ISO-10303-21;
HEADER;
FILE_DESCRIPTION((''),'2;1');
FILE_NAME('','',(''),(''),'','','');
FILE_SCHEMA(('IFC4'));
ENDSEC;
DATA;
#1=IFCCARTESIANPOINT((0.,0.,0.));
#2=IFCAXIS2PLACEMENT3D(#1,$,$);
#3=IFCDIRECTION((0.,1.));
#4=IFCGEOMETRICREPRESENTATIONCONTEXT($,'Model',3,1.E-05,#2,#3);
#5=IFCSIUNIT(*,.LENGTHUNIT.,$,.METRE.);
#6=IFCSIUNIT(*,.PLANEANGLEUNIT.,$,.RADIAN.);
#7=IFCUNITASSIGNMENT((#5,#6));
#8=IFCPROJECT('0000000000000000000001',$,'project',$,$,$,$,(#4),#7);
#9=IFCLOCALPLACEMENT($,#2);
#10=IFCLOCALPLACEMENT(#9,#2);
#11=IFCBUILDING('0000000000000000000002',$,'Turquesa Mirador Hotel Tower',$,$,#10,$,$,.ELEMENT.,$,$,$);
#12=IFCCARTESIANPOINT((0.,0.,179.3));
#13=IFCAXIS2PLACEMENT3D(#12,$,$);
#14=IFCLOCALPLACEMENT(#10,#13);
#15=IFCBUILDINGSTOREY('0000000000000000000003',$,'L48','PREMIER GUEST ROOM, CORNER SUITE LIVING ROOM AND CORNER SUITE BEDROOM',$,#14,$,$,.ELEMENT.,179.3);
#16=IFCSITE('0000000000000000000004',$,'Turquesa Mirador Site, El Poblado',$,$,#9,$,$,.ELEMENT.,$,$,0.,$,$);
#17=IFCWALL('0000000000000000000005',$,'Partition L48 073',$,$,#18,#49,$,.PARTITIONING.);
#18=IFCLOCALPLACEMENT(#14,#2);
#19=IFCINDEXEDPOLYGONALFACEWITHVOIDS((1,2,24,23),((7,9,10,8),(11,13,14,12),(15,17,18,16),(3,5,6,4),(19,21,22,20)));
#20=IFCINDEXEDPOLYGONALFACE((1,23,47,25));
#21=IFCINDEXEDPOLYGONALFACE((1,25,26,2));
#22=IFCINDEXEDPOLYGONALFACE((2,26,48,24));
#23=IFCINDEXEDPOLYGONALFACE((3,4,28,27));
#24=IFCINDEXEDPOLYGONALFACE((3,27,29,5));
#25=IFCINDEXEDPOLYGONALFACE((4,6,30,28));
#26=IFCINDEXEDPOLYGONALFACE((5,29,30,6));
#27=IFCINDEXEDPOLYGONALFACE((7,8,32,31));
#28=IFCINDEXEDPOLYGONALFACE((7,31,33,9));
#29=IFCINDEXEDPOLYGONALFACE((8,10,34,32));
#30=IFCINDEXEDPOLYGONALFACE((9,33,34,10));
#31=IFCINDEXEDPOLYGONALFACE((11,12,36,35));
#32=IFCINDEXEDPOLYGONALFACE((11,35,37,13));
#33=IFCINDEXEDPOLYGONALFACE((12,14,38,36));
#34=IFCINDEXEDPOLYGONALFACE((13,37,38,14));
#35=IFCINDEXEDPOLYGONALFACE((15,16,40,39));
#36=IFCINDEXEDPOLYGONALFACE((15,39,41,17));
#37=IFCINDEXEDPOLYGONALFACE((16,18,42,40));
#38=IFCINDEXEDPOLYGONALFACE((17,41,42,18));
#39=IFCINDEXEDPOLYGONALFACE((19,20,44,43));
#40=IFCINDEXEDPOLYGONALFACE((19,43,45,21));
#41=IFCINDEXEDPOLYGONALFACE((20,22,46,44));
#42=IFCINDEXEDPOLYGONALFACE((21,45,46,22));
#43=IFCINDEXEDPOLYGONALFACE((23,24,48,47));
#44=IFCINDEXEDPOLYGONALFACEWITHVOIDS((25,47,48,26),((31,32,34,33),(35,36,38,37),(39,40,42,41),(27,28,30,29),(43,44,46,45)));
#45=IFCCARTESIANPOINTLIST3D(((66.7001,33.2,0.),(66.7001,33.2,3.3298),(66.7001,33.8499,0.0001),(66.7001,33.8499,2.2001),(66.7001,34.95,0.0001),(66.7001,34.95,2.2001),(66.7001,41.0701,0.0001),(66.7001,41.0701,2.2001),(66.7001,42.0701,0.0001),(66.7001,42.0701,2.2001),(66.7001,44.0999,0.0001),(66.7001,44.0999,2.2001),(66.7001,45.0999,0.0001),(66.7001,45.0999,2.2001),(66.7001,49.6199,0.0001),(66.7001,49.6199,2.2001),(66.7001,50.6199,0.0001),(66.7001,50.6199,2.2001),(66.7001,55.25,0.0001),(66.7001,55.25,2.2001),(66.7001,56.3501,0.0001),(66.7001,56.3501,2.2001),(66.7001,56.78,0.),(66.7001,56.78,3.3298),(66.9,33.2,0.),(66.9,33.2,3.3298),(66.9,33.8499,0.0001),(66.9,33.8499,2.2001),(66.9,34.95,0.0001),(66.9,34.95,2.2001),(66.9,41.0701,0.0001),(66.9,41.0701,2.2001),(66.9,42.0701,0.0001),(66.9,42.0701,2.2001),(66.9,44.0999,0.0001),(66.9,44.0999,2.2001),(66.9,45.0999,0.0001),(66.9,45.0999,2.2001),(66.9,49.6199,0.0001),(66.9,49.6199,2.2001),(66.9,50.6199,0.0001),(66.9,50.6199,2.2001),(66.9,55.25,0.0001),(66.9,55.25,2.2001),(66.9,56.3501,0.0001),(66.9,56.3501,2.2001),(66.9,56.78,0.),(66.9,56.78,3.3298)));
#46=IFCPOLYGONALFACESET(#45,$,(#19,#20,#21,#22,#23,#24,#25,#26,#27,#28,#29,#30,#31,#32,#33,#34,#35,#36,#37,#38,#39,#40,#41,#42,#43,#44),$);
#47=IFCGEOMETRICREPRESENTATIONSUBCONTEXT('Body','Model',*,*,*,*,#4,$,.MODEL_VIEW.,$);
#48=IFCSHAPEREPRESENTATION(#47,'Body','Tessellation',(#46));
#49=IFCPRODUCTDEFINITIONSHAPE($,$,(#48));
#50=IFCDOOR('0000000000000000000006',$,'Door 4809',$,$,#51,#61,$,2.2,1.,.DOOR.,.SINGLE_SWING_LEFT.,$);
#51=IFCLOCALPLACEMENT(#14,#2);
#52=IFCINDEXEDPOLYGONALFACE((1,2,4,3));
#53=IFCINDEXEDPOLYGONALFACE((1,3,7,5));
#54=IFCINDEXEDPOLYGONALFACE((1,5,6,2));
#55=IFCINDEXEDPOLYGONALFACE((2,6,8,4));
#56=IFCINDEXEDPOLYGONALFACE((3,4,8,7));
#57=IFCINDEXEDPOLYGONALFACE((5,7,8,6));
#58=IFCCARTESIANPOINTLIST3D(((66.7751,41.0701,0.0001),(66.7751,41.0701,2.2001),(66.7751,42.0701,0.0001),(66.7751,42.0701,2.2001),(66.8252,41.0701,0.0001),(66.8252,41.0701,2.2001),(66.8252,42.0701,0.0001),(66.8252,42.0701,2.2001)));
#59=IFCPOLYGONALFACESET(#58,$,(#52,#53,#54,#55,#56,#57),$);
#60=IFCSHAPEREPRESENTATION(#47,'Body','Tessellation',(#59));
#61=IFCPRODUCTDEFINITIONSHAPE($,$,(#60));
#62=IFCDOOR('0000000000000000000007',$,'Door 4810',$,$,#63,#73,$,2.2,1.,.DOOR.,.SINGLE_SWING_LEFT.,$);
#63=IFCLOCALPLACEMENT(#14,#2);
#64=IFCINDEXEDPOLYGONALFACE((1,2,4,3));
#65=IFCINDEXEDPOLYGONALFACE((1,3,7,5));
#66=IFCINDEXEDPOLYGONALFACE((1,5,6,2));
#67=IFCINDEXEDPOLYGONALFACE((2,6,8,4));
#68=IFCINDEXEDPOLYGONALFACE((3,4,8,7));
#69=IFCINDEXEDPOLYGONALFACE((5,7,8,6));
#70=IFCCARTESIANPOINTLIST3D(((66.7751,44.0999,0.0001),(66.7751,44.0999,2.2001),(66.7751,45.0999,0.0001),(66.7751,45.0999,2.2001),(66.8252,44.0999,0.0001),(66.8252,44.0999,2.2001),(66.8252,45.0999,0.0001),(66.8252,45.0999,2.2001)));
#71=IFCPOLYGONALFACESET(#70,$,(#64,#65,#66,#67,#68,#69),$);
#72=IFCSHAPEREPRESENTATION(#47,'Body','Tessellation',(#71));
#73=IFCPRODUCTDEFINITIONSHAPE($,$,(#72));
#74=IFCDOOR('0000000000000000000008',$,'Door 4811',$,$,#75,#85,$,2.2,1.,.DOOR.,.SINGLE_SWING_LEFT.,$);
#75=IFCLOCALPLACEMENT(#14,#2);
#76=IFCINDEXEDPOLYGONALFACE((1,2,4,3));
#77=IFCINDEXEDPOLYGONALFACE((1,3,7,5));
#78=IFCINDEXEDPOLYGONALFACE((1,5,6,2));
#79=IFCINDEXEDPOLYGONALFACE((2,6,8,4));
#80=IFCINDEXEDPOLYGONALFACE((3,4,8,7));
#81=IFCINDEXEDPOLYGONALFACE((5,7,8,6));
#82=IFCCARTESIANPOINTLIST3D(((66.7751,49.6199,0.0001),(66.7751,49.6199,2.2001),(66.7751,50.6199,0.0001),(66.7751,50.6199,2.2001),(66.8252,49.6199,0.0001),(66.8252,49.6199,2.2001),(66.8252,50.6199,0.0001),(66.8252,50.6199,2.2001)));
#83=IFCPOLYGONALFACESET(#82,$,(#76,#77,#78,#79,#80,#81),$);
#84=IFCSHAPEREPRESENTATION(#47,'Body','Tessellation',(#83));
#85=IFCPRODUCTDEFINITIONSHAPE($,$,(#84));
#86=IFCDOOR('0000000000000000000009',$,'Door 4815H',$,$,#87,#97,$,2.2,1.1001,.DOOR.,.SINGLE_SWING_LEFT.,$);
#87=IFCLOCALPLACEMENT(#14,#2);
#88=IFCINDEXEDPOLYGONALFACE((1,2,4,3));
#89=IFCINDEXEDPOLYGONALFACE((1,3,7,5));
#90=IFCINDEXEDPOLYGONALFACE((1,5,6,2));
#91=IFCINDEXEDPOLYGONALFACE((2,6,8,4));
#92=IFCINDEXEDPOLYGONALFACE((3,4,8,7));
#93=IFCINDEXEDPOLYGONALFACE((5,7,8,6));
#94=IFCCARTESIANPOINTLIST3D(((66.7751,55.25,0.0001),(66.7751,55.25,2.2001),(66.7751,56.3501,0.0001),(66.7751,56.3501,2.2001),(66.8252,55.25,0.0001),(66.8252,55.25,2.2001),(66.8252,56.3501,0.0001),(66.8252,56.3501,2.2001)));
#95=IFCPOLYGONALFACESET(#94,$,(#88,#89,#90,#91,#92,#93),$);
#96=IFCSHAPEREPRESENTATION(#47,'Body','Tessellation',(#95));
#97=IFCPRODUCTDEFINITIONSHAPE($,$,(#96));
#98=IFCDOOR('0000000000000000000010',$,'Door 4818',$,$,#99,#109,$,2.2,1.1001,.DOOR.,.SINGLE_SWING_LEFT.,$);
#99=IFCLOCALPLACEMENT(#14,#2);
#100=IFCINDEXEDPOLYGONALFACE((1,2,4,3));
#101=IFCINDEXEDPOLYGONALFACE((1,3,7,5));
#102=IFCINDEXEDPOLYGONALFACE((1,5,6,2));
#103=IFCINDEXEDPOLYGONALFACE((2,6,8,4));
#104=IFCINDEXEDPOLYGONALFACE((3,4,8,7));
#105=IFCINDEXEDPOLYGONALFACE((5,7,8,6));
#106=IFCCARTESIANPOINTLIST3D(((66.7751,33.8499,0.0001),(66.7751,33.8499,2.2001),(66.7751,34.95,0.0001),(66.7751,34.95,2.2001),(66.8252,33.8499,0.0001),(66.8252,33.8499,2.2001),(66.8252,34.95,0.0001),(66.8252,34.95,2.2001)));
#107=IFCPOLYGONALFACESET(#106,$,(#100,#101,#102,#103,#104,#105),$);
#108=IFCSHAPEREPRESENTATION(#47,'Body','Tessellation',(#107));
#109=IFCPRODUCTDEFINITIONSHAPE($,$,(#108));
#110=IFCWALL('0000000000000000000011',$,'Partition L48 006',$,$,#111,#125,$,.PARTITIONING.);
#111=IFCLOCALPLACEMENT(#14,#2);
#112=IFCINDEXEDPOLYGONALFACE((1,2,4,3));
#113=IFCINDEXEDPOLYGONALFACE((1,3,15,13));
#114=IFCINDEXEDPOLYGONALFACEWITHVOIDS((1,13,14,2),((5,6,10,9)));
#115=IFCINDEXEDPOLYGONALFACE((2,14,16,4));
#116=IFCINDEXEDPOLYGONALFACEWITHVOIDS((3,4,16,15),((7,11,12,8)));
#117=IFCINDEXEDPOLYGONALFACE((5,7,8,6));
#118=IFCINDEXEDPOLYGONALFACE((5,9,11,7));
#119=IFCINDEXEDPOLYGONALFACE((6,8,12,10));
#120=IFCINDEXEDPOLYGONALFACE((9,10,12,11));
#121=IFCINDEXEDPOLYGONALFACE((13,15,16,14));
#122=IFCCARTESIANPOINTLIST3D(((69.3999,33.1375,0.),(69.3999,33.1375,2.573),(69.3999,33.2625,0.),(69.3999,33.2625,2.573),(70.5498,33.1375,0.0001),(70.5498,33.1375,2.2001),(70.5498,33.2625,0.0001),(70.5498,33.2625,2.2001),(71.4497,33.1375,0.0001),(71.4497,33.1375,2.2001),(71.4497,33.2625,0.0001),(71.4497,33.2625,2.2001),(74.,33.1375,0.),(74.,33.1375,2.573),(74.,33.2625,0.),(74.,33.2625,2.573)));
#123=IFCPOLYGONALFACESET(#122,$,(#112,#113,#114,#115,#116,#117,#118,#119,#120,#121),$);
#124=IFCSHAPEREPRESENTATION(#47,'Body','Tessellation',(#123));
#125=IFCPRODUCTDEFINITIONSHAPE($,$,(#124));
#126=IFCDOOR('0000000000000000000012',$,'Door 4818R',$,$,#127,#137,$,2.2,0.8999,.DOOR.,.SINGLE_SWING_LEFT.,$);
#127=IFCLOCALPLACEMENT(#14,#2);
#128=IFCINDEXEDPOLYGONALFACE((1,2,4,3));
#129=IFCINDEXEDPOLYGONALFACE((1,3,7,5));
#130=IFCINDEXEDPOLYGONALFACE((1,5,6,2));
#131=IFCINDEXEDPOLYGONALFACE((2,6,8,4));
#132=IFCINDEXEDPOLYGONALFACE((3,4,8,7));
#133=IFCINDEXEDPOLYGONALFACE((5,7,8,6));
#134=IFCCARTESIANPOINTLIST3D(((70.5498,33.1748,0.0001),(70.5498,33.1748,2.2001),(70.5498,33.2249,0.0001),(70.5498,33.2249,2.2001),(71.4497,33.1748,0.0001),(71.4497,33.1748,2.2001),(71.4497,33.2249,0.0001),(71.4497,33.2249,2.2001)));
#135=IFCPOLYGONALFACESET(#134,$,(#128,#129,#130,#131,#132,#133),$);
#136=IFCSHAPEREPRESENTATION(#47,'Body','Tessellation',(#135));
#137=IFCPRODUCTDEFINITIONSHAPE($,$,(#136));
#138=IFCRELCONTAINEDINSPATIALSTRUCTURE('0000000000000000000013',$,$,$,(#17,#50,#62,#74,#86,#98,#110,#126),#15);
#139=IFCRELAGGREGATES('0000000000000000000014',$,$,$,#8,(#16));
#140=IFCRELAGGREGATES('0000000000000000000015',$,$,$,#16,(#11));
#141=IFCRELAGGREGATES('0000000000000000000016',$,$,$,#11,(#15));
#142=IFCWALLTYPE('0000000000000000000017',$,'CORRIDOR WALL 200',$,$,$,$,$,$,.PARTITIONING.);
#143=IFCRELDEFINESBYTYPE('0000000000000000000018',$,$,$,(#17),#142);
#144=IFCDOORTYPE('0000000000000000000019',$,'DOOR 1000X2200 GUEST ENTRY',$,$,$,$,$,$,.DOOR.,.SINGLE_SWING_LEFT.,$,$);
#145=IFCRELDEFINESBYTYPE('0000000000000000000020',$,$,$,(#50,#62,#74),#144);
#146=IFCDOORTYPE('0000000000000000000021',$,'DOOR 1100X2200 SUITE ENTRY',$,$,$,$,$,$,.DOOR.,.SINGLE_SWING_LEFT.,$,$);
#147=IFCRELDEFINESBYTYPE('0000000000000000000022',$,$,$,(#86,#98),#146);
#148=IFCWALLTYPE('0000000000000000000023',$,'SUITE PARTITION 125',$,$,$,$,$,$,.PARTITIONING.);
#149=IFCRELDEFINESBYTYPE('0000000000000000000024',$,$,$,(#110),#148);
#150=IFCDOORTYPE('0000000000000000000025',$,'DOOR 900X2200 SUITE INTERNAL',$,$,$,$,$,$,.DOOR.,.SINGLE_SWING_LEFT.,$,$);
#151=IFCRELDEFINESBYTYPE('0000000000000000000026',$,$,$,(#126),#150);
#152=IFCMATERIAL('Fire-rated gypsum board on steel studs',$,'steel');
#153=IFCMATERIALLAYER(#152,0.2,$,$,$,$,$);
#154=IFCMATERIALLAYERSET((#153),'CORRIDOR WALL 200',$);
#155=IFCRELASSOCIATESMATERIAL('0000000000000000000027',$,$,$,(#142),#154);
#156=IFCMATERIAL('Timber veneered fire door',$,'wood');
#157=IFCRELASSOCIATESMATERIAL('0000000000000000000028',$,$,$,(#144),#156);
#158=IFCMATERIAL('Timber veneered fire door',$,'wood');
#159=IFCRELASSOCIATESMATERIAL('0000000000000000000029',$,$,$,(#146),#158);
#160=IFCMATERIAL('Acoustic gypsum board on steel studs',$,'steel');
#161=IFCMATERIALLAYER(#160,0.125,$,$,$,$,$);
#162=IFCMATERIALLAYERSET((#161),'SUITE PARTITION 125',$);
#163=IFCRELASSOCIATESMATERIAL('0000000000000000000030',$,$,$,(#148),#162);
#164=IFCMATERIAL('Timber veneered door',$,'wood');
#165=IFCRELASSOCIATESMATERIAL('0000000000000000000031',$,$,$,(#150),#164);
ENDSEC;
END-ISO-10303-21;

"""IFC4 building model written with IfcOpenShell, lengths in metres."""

from ifc_helpers import new_model, si_unit, direction, frame, frame_2d, origin, place, context, subcontext, project, spatial, rectangle, extrude, material, layer, layer_set, type_object, element, fill, save


model = new_model("IFC4")

# Units and contexts
model_context = context("Model", 3, precision=1e-05, world=origin(), true_north=direction((0.0, 1.0)))
body_context = subcontext(model_context, "Body", "Model", "MODEL_VIEW")
ifc_project = project(units=[si_unit("LENGTHUNIT", "METRE"), si_unit("PLANEANGLEUNIT", "RADIAN")], contexts=[model_context])

# Site, building, storey
site_placement = place(None, origin())
site = spatial("IfcSite", under=ifc_project, at=site_placement, Name="Turquesa Mirador Site, El Poblado", CompositionType="ELEMENT", RefElevation=0.0)
building_placement = place(site_placement, origin())
building = spatial("IfcBuilding", under=site, at=building_placement, Name="Turquesa Mirador Hotel Tower", CompositionType="ELEMENT")
storey_placement = place(building_placement, frame((0.0, 0.0, 179.3)))
storey = spatial("IfcBuildingStorey", under=building, at=storey_placement, Name="L48", Description="PREMIER GUEST ROOM, CORNER SUITE LIVING ROOM AND CORNER SUITE BEDROOM", CompositionType="ELEMENT", Elevation=179.3)

# Wall, openings, doors
ifc_material_1 = material(Name="Fire-rated gypsum board on steel studs", Category="steel")
ifc_layer_1 = layer(ifc_material_1, 0.2)
ifc_layer_set_1 = layer_set([ifc_layer_1], Name="CORRIDOR WALL 200")
wall_type_1 = type_object("IfcWallType", Name="CORRIDOR WALL 200", PredefinedType="PARTITIONING", material=ifc_layer_set_1)
wall_1_placement = place(storey_placement, frame((66.8, 33.2, 0.0), z_axis=(0.0, 0.0, 1.0), x_axis=(0.0, 1.0, 0.0)))
wall_1 = element("IfcWall", 1, at=wall_1_placement, inside=storey, type_object=wall_type_1, Name="Partition L48 073", PredefinedType="PARTITIONING", context=body_context, shape_type="SweptSolid", body=[
    extrude(rectangle(XDim=23.5801, YDim=0.2, at=frame_2d((11.79, 0.0))), origin(), (0.0, 0.0, 1.0), 3.3298),
])
opening_1_placement = place(wall_1_placement, frame((7.8701, 0.0, 0.0)))
opening_1 = element("IfcOpeningElement", 2, at=opening_1_placement, cuts=wall_1, PredefinedType="OPENING", context=body_context, shape_type="SweptSolid", body=[
    extrude(rectangle(XDim=1.0, YDim=2.2, at=frame_2d((0.5, 1.1001))), frame((0.0, 0.1099, 0.0), z_axis=(0.0, -1.0, 0.0), x_axis=(1.0, 0.0, 0.0)), (0.0, 0.0, 1.0), 0.22),
])
opening_2_placement = place(wall_1_placement, frame((10.8999, 0.0, 0.0)))
opening_2 = element("IfcOpeningElement", 3, at=opening_2_placement, cuts=wall_1, PredefinedType="OPENING", context=body_context, shape_type="SweptSolid", body=[
    extrude(rectangle(XDim=1.0, YDim=2.2, at=frame_2d((0.5, 1.1001))), frame((0.0, 0.1099, 0.0), z_axis=(0.0, -1.0, 0.0), x_axis=(1.0, 0.0, 0.0)), (0.0, 0.0, 1.0), 0.22),
])
opening_3_placement = place(wall_1_placement, frame((16.4199, 0.0, 0.0)))
opening_3 = element("IfcOpeningElement", 4, at=opening_3_placement, cuts=wall_1, PredefinedType="OPENING", context=body_context, shape_type="SweptSolid", body=[
    extrude(rectangle(XDim=1.0, YDim=2.2, at=frame_2d((0.5, 1.1001))), frame((0.0, 0.1099, 0.0), z_axis=(0.0, -1.0, 0.0), x_axis=(1.0, 0.0, 0.0)), (0.0, 0.0, 1.0), 0.22),
])
opening_4_placement = place(wall_1_placement, frame((22.05, 0.0, 0.0)))
opening_4 = element("IfcOpeningElement", 5, at=opening_4_placement, cuts=wall_1, PredefinedType="OPENING", context=body_context, shape_type="SweptSolid", body=[
    extrude(rectangle(XDim=1.1001, YDim=2.2, at=frame_2d((0.55, 1.1001))), frame((0.0, 0.1099, 0.0), z_axis=(0.0, -1.0, 0.0), x_axis=(1.0, 0.0, 0.0)), (0.0, 0.0, 1.0), 0.22),
])
opening_5_placement = place(wall_1_placement, frame((0.6499, 0.0, 0.0)))
opening_5 = element("IfcOpeningElement", 6, at=opening_5_placement, cuts=wall_1, PredefinedType="OPENING", context=body_context, shape_type="SweptSolid", body=[
    extrude(rectangle(XDim=1.1001, YDim=2.2, at=frame_2d((0.55, 1.1001))), frame((0.0, 0.1099, 0.0), z_axis=(0.0, -1.0, 0.0), x_axis=(1.0, 0.0, 0.0)), (0.0, 0.0, 1.0), 0.22),
])
ifc_material_2 = material(Name="Timber veneered fire door", Category="wood")
door_type_1 = type_object("IfcDoorType", Name="DOOR 1000X2200 GUEST ENTRY", OperationType="SINGLE_SWING_LEFT", PredefinedType="DOOR", material=ifc_material_2)
door_1_placement = place(opening_1_placement, origin())
door_1 = element("IfcDoor", 7, at=door_1_placement, inside=storey, type_object=door_type_1, Name="Door 4809", OperationType="SINGLE_SWING_LEFT", OverallHeight=2.2, OverallWidth=1.0, PredefinedType="DOOR", context=body_context, shape_type="SweptSolid", body=[
    extrude(rectangle(XDim=1.0, YDim=2.2, at=frame_2d((0.5, 1.1001))), frame((0.0, 0.0249, 0.0), z_axis=(0.0, -1.0, 0.0), x_axis=(1.0, 0.0, 0.0)), (0.0, 0.0, 1.0), 0.05),
])
fill(opening_1, door_1)
door_2_placement = place(opening_2_placement, origin())
door_2 = element("IfcDoor", 8, at=door_2_placement, inside=storey, type_object=door_type_1, Name="Door 4810", OperationType="SINGLE_SWING_LEFT", OverallHeight=2.2, OverallWidth=1.0, PredefinedType="DOOR", context=body_context, shape_type="SweptSolid", body=[
    extrude(rectangle(XDim=1.0, YDim=2.2, at=frame_2d((0.5, 1.1001))), frame((0.0, 0.0249, 0.0), z_axis=(0.0, -1.0, 0.0), x_axis=(1.0, 0.0, 0.0)), (0.0, 0.0, 1.0), 0.05),
])
fill(opening_2, door_2)
door_3_placement = place(opening_3_placement, origin())
door_3 = element("IfcDoor", 9, at=door_3_placement, inside=storey, type_object=door_type_1, Name="Door 4811", OperationType="SINGLE_SWING_LEFT", OverallHeight=2.2, OverallWidth=1.0, PredefinedType="DOOR", context=body_context, shape_type="SweptSolid", body=[
    extrude(rectangle(XDim=1.0, YDim=2.2, at=frame_2d((0.5, 1.1001))), frame((0.0, 0.0249, 0.0), z_axis=(0.0, -1.0, 0.0), x_axis=(1.0, 0.0, 0.0)), (0.0, 0.0, 1.0), 0.05),
])
fill(opening_3, door_3)
ifc_material_3 = material(Name="Timber veneered fire door", Category="wood")
door_type_2 = type_object("IfcDoorType", Name="DOOR 1100X2200 SUITE ENTRY", OperationType="SINGLE_SWING_LEFT", PredefinedType="DOOR", material=ifc_material_3)
door_4_placement = place(opening_4_placement, origin())
door_4 = element("IfcDoor", 10, at=door_4_placement, inside=storey, type_object=door_type_2, Name="Door 4815H", OperationType="SINGLE_SWING_LEFT", OverallHeight=2.2, OverallWidth=1.1001, PredefinedType="DOOR", context=body_context, shape_type="SweptSolid", body=[
    extrude(rectangle(XDim=1.1001, YDim=2.2, at=frame_2d((0.55, 1.1001))), frame((0.0, 0.0249, 0.0), z_axis=(0.0, -1.0, 0.0), x_axis=(1.0, 0.0, 0.0)), (0.0, 0.0, 1.0), 0.05),
])
fill(opening_4, door_4)
door_5_placement = place(opening_5_placement, origin())
door_5 = element("IfcDoor", 11, at=door_5_placement, inside=storey, type_object=door_type_2, Name="Door 4818", OperationType="SINGLE_SWING_LEFT", OverallHeight=2.2, OverallWidth=1.1001, PredefinedType="DOOR", context=body_context, shape_type="SweptSolid", body=[
    extrude(rectangle(XDim=1.1001, YDim=2.2, at=frame_2d((0.55, 1.1001))), frame((0.0, 0.0249, 0.0), z_axis=(0.0, -1.0, 0.0), x_axis=(1.0, 0.0, 0.0)), (0.0, 0.0, 1.0), 0.05),
])
fill(opening_5, door_5)

# Wall, opening, door
ifc_material_4 = material(Name="Acoustic gypsum board on steel studs", Category="steel")
ifc_layer_2 = layer(ifc_material_4, 0.125)
ifc_layer_set_2 = layer_set([ifc_layer_2], Name="SUITE PARTITION 125")
wall_type_2 = type_object("IfcWallType", Name="SUITE PARTITION 125", PredefinedType="PARTITIONING", material=ifc_layer_set_2)
wall_2_placement = place(storey_placement, frame((69.3999, 33.2, 0.0), z_axis=(0.0, 0.0, 1.0), x_axis=(1.0, 0.0, 0.0)))
wall_2 = element("IfcWall", 12, at=wall_2_placement, inside=storey, type_object=wall_type_2, Name="Partition L48 006", PredefinedType="PARTITIONING", context=body_context, shape_type="SweptSolid", body=[
    extrude(rectangle(XDim=4.6001, YDim=0.125, at=frame_2d((2.3, 0.0))), origin(), (0.0, 0.0, 1.0), 2.573),
])
opening_6_placement = place(wall_2_placement, frame((1.1499, 0.0, 0.0)))
opening_6 = element("IfcOpeningElement", 13, at=opening_6_placement, cuts=wall_2, PredefinedType="OPENING", context=body_context, shape_type="SweptSolid", body=[
    extrude(rectangle(XDim=0.8999, YDim=2.2, at=frame_2d((0.45, 1.1001))), frame((0.0, 0.0725, 0.0), z_axis=(0.0, -1.0, 0.0), x_axis=(1.0, 0.0, 0.0)), (0.0, 0.0, 1.0), 0.145),
])
ifc_material_5 = material(Name="Timber veneered door", Category="wood")
door_type_3 = type_object("IfcDoorType", Name="DOOR 900X2200 SUITE INTERNAL", OperationType="SINGLE_SWING_LEFT", PredefinedType="DOOR", material=ifc_material_5)
door_6_placement = place(opening_6_placement, origin())
door_6 = element("IfcDoor", 14, at=door_6_placement, inside=storey, type_object=door_type_3, Name="Door 4818R", OperationType="SINGLE_SWING_LEFT", OverallHeight=2.2, OverallWidth=0.8999, PredefinedType="DOOR", context=body_context, shape_type="SweptSolid", body=[
    extrude(rectangle(XDim=0.8999, YDim=2.2, at=frame_2d((0.45, 1.1001))), frame((0.0, 0.0249, 0.0), z_axis=(0.0, -1.0, 0.0), x_axis=(1.0, 0.0, 0.0)), (0.0, 0.0, 1.0), 0.05),
])
fill(opening_6, door_6)

save(model, "model.ifc")
